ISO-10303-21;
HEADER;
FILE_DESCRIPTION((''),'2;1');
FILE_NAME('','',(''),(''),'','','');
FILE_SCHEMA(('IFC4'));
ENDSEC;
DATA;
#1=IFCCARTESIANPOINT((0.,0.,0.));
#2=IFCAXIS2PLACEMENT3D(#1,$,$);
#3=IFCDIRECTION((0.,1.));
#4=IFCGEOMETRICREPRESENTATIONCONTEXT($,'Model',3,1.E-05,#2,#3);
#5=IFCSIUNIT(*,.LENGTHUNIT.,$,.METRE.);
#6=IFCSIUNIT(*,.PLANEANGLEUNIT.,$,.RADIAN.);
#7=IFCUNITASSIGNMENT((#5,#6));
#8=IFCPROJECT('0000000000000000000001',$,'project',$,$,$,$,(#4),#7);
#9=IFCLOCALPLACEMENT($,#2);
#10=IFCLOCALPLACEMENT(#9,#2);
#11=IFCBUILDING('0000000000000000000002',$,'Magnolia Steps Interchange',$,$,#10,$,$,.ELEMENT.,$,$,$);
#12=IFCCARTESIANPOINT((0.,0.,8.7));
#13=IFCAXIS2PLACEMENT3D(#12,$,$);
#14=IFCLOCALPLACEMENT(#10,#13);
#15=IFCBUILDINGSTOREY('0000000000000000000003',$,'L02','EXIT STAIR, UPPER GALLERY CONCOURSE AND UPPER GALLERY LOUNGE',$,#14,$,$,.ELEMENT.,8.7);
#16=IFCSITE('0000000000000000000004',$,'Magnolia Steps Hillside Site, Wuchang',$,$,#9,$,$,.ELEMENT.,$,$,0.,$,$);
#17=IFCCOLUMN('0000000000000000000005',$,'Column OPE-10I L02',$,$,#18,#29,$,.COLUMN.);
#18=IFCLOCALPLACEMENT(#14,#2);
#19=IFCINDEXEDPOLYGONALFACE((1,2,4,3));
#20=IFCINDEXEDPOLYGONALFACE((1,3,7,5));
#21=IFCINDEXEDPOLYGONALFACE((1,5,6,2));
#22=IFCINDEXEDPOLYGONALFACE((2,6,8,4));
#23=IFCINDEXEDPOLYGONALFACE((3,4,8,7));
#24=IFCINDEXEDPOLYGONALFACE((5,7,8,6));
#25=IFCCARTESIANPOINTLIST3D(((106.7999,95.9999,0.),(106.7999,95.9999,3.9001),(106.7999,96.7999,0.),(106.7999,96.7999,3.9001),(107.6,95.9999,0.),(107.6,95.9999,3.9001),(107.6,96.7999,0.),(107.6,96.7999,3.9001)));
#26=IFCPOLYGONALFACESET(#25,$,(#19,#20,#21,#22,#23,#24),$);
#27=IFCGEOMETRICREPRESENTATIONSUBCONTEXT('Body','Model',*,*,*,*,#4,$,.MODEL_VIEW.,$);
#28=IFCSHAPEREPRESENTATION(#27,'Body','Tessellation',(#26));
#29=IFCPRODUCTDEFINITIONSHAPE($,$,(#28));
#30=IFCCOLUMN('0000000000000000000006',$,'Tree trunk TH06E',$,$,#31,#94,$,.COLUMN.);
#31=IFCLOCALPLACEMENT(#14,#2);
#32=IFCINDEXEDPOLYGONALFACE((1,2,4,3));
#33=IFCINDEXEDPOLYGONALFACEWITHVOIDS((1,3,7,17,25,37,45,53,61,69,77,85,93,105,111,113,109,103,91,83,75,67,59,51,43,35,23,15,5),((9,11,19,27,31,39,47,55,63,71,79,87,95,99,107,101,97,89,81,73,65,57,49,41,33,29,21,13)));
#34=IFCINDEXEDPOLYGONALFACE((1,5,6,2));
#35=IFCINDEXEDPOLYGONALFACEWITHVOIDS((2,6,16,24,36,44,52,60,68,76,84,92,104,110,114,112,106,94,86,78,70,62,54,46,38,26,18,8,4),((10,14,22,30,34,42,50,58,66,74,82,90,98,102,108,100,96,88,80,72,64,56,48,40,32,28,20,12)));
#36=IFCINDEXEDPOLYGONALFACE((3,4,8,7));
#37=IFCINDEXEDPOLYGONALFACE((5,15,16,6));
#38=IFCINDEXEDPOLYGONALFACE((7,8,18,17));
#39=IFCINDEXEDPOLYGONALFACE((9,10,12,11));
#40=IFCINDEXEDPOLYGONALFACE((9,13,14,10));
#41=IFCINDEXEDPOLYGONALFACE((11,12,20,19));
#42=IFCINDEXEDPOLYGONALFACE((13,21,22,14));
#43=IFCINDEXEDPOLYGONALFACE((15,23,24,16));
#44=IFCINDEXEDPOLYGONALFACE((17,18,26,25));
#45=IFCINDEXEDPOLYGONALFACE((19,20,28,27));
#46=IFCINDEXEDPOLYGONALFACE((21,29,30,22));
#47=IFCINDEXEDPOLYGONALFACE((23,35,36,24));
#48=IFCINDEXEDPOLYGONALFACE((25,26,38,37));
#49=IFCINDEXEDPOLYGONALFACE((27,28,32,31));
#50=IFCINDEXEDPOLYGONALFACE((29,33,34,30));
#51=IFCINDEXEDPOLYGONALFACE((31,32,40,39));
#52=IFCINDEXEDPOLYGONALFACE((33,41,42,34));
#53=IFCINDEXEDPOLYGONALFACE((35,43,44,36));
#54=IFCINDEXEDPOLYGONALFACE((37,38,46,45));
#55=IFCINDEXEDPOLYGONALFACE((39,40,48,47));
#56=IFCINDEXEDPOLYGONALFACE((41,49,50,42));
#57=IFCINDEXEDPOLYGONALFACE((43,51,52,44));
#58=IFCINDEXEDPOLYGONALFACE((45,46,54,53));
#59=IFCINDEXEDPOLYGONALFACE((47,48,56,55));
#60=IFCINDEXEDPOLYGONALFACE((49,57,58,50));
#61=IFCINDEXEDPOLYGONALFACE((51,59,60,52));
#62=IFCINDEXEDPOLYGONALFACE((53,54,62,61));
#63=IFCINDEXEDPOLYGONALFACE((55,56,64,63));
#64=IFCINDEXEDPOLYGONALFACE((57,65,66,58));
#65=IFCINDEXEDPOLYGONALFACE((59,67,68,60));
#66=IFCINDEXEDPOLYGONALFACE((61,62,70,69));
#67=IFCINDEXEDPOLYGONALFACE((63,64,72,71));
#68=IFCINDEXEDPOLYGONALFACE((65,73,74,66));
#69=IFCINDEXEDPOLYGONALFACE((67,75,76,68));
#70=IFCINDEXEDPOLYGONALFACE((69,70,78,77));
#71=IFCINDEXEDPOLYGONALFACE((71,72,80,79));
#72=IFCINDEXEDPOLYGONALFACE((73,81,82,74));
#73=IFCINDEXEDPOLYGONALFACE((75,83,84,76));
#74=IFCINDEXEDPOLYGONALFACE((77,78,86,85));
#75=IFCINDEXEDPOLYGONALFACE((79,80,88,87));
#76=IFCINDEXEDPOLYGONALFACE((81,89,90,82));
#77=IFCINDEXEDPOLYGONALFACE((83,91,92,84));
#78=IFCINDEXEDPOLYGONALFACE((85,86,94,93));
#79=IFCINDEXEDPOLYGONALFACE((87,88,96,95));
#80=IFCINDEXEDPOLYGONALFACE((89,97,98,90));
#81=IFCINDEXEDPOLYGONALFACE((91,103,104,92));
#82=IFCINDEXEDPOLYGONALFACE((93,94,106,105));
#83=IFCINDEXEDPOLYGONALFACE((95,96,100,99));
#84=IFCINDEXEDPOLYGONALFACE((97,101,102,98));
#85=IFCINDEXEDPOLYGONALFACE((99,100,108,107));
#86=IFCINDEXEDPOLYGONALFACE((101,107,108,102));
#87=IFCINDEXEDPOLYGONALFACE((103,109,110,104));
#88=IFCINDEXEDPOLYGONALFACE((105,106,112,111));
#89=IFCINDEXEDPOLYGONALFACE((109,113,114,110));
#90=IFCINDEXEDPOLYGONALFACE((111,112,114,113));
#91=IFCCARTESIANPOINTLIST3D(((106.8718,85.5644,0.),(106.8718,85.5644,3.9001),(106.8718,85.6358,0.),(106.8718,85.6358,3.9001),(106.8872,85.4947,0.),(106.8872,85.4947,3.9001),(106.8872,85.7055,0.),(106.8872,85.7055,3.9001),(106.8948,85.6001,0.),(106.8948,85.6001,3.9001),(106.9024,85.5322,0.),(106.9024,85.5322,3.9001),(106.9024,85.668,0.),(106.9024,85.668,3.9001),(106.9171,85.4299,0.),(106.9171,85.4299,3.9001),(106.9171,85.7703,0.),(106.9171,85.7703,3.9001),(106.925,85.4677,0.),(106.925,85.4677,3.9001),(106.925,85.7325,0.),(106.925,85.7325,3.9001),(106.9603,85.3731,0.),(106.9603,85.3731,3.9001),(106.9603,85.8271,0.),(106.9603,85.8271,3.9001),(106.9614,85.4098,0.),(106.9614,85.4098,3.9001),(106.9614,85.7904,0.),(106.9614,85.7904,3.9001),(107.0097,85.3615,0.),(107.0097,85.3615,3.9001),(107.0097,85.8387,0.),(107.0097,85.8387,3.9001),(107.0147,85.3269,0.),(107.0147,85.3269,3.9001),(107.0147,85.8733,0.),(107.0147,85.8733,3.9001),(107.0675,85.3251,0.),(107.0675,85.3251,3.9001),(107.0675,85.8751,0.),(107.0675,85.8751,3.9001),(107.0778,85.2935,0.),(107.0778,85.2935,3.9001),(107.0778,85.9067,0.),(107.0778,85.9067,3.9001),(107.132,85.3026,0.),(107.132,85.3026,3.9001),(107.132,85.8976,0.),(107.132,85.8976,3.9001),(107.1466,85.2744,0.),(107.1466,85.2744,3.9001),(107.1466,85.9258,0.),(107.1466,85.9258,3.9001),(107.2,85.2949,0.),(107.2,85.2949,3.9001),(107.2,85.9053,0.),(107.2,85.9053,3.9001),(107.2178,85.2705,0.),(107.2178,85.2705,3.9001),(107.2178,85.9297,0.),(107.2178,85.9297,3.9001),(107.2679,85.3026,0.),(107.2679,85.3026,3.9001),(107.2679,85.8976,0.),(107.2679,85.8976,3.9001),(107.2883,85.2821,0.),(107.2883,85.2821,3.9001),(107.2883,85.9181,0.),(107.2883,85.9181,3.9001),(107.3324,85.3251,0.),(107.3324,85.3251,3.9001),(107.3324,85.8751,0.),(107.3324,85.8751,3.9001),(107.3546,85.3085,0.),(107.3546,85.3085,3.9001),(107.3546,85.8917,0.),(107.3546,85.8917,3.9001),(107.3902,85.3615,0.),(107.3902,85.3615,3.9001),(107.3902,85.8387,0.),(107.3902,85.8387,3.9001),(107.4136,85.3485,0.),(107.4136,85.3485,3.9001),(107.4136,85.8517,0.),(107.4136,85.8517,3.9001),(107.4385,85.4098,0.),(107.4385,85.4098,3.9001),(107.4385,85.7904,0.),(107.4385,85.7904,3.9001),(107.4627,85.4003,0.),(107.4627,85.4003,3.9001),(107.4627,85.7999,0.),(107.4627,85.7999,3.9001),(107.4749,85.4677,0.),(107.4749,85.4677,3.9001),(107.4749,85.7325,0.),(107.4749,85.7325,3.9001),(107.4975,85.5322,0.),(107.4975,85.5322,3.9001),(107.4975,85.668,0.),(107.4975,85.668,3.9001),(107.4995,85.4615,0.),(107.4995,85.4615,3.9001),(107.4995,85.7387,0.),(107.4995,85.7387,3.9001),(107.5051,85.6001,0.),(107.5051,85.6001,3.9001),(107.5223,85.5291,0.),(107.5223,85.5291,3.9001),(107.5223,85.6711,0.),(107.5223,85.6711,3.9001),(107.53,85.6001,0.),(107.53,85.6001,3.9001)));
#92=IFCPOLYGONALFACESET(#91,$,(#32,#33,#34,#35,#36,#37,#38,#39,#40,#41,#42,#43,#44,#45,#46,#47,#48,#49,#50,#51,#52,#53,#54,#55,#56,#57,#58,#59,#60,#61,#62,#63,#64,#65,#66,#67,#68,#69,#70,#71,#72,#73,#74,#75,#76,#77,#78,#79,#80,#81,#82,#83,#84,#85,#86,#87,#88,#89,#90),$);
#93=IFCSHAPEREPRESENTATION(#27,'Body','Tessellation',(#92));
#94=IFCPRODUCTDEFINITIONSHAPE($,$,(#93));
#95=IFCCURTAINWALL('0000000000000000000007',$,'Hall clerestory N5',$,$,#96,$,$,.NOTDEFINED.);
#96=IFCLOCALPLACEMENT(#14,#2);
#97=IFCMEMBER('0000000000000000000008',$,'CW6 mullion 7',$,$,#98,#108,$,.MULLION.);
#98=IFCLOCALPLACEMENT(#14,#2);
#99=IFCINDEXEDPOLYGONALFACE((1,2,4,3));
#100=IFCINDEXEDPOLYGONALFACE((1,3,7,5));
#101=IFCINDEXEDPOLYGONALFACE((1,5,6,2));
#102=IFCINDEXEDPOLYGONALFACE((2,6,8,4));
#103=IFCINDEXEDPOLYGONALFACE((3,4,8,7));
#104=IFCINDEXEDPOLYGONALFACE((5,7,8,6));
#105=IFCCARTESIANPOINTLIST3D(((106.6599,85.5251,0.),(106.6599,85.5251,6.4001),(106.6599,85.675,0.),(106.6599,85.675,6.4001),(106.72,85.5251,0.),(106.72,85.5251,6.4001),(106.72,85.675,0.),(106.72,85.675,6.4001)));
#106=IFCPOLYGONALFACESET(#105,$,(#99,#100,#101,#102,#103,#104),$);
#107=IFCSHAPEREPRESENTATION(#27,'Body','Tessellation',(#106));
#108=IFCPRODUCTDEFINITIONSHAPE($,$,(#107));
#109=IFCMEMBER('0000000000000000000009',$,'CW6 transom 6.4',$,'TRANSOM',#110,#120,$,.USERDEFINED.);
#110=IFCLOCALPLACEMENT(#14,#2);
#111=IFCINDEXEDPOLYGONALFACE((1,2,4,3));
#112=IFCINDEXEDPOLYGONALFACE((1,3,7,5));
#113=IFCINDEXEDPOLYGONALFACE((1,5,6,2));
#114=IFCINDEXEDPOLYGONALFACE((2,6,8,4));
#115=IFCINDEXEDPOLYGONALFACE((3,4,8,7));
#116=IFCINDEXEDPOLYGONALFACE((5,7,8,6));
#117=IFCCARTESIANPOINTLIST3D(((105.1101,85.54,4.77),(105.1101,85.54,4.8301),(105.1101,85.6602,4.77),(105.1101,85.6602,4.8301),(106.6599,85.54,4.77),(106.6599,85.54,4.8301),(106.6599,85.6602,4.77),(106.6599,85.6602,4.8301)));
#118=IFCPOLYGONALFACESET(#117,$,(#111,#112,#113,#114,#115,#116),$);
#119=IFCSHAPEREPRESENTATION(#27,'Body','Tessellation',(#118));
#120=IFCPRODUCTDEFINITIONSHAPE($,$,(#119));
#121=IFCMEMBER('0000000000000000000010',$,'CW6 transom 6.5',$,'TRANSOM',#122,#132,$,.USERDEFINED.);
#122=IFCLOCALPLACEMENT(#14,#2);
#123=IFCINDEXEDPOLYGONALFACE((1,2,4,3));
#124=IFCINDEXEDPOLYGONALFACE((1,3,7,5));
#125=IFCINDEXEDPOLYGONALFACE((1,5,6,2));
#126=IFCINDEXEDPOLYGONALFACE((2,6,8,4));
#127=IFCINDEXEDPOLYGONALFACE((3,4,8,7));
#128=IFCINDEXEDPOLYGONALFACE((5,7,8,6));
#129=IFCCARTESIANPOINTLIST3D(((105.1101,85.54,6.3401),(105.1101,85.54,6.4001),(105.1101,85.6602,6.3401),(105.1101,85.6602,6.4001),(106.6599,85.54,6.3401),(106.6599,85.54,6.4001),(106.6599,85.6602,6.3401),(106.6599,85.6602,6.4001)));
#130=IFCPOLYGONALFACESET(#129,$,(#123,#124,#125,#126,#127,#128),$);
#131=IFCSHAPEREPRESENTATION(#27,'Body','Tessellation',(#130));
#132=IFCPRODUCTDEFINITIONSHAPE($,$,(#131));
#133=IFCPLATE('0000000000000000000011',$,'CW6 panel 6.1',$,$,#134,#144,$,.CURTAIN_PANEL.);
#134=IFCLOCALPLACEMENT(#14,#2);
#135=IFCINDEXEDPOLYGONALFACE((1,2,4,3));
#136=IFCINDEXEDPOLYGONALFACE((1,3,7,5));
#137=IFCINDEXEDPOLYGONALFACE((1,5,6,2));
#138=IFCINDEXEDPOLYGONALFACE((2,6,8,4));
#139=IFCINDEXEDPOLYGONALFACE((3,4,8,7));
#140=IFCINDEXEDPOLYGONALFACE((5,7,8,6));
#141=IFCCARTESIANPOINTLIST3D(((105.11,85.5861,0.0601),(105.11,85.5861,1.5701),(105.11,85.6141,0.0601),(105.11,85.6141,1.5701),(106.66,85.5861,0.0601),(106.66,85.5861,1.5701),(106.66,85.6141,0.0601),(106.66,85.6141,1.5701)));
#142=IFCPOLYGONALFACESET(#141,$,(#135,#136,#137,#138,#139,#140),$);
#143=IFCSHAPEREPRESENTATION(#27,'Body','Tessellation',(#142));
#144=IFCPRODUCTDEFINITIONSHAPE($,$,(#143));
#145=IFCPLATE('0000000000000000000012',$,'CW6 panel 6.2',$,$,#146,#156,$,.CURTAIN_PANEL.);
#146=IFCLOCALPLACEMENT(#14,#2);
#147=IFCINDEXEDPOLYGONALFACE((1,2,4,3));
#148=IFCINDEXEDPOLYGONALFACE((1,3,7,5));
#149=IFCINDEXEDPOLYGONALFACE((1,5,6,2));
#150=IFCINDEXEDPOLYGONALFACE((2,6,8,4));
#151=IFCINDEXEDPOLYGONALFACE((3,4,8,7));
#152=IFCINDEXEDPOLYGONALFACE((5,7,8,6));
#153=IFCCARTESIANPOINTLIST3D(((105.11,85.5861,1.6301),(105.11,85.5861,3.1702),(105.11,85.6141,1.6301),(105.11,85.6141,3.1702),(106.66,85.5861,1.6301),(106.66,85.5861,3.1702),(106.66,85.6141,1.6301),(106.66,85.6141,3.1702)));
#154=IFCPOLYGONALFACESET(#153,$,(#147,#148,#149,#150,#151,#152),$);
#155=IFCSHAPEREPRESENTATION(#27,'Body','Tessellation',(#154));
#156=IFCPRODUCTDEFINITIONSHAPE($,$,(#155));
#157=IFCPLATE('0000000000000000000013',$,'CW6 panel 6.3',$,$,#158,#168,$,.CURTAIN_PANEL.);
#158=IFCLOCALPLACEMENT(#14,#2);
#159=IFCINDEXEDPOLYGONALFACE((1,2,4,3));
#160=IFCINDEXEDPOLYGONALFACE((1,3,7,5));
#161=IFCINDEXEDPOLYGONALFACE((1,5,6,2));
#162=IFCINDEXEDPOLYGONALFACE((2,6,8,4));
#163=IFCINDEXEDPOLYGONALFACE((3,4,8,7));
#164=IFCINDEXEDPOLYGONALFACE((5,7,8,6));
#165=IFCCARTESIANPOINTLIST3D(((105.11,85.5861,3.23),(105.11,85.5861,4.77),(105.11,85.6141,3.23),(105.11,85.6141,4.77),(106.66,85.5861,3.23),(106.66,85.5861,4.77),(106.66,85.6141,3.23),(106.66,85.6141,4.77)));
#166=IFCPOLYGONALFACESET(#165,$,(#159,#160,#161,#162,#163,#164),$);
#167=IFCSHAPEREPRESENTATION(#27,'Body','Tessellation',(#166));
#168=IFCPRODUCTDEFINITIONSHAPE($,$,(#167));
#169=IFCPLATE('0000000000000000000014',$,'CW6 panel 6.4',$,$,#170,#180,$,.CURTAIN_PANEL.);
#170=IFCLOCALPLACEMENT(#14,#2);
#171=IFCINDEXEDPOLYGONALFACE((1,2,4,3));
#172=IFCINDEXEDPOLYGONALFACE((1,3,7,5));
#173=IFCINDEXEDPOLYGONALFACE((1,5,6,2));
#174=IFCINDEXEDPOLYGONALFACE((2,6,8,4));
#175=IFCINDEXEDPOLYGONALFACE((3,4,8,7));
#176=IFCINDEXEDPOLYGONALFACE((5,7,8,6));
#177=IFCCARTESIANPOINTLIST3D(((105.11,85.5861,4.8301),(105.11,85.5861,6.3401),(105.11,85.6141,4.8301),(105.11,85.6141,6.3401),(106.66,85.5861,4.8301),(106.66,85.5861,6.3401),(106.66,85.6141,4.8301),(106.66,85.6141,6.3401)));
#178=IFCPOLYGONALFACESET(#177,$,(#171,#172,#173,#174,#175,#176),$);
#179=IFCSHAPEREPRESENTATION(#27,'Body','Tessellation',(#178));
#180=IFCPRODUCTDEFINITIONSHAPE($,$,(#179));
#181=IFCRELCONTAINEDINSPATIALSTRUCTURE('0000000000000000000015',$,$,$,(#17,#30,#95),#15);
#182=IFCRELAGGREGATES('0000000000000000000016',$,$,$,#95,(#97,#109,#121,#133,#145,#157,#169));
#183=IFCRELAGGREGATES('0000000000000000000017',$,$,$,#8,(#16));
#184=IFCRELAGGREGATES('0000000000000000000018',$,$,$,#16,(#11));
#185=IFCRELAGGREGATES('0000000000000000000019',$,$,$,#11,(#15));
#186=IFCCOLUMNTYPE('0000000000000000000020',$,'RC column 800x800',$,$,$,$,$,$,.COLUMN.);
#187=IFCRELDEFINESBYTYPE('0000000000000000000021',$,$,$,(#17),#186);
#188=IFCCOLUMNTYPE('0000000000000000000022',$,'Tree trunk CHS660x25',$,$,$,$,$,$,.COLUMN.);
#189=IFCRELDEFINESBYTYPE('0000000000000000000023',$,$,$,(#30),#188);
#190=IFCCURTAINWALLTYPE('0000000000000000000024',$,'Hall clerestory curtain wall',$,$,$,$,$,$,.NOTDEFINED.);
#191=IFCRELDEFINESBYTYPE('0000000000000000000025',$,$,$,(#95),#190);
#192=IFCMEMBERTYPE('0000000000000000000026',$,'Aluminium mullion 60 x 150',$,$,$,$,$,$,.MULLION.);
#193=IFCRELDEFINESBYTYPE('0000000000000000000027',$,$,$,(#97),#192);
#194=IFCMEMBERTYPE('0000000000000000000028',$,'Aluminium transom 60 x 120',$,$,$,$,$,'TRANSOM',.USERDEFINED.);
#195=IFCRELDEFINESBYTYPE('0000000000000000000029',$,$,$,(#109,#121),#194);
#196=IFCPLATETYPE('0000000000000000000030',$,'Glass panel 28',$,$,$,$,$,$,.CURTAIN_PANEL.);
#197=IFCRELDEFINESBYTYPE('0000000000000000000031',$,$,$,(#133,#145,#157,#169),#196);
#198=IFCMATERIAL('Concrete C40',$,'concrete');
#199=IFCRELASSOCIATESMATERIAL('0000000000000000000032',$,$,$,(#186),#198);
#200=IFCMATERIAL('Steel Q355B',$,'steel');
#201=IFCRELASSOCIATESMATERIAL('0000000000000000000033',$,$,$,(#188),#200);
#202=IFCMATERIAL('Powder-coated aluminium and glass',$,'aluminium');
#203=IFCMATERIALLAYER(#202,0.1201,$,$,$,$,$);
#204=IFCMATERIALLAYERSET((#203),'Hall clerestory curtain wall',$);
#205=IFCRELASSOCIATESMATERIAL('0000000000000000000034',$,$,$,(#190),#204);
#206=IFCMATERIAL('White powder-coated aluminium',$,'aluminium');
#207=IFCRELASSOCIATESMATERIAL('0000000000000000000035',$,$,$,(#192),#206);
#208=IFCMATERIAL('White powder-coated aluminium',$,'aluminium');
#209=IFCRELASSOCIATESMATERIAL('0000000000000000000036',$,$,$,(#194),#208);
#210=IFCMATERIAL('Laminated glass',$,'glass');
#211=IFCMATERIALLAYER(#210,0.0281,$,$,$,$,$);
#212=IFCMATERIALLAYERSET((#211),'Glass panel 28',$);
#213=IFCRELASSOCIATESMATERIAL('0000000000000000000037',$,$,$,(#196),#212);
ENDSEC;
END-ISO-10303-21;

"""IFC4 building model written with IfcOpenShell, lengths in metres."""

from ifc_helpers import new_model, si_unit, direction, frame, origin, origin_2d, place, context, subcontext, project, spatial, rectangle, hollow_circle, extrude, material, layer, layer_set, material_profile, profile_set, type_object, element, aggregate, save


model = new_model("IFC4")

# Units and contexts
model_context = context("Model", 3, precision=1e-05, world=origin(), true_north=direction((0.0, 1.0)))
body_context = subcontext(model_context, "Body", "Model", "MODEL_VIEW")
ifc_project = project(units=[si_unit("LENGTHUNIT", "METRE"), si_unit("PLANEANGLEUNIT", "RADIAN")], contexts=[model_context])

# Site, building, storey
site_placement = place(None, origin())
site = spatial("IfcSite", under=ifc_project, at=site_placement, Name="Magnolia Steps Hillside Site, Wuchang", CompositionType="ELEMENT", RefElevation=0.0)
building_placement = place(site_placement, origin())
building = spatial("IfcBuilding", under=site, at=building_placement, Name="Magnolia Steps Interchange", CompositionType="ELEMENT")
storey_placement = place(building_placement, frame((0.0, 0.0, 8.7)))
storey = spatial("IfcBuildingStorey", under=building, at=storey_placement, Name="L02", Description="EXIT STAIR, UPPER GALLERY CONCOURSE AND UPPER GALLERY LOUNGE", CompositionType="ELEMENT", Elevation=8.7)

# Columns
ifc_material_1 = material(Name="Concrete C40", Category="concrete")
ifc_material_profile_1 = material_profile(ifc_material_1, rectangle(XDim=0.8, YDim=0.8, at=origin_2d()), Name="RC800x800")
ifc_profile_set_1 = profile_set([ifc_material_profile_1], Name="Concrete C40")
column_type_1 = type_object("IfcColumnType", Name="RC column 800x800", PredefinedType="COLUMN", material=ifc_profile_set_1)
column_1_placement = place(storey_placement, frame((107.2, 96.3999, 0.0), z_axis=(0.0, 0.0, 1.0), x_axis=(1.0, 0.0, 0.0)))
element("IfcColumn", 1, at=column_1_placement, inside=storey, type_object=column_type_1, Name="Column OPE-10I L02", PredefinedType="COLUMN", context=body_context, shape_type="SweptSolid", body=[
    extrude(rectangle(XDim=0.8, YDim=0.8, at=origin_2d()), origin(), (0.0, 0.0, 1.0), 3.9001),
])
ifc_material_2 = material(Name="Steel Q355B", Category="steel")
ifc_material_profile_2 = material_profile(ifc_material_2, hollow_circle(Radius=0.3301, WallThickness=0.0249, at=origin_2d()), Name="CHS660x25")
ifc_profile_set_2 = profile_set([ifc_material_profile_2], Name="Steel Q355B")
column_type_2 = type_object("IfcColumnType", Name="Tree trunk CHS660x25", PredefinedType="COLUMN", material=ifc_profile_set_2)
column_2_placement = place(storey_placement, frame((107.2, 85.6001, 0.0), z_axis=(0.0, 0.0, 1.0), x_axis=(1.0, 0.0, 0.0)))
element("IfcColumn", 2, at=column_2_placement, inside=storey, type_object=column_type_2, Name="Tree trunk TH06E", PredefinedType="COLUMN", context=body_context, shape_type="SweptSolid", body=[
    extrude(hollow_circle(Radius=0.3301, WallThickness=0.0249, at=origin_2d()), origin(), (0.0, 0.0, 1.0), 3.9001),
])

# Curtain wall, members, plates
ifc_material_3 = material(Name="Powder-coated aluminium and glass", Category="aluminium")
ifc_layer_1 = layer(ifc_material_3, 0.1201)
ifc_layer_set_1 = layer_set([ifc_layer_1], Name="Hall clerestory curtain wall")
curtain_wall_type = type_object("IfcCurtainWallType", Name="Hall clerestory curtain wall", PredefinedType="NOTDEFINED", material=ifc_layer_set_1)
curtain_wall_placement = place(storey_placement, origin())
curtain_wall = element("IfcCurtainWall", 3, at=curtain_wall_placement, inside=storey, type_object=curtain_wall_type, Name="Hall clerestory N5", PredefinedType="NOTDEFINED")
ifc_material_4 = material(Name="White powder-coated aluminium", Category="aluminium")
ifc_material_profile_3 = material_profile(ifc_material_4, rectangle(XDim=0.0601, YDim=0.1499, at=origin_2d()), Name="Aluminium mullion 60 x 150")
ifc_profile_set_3 = profile_set([ifc_material_profile_3], Name="White powder-coated aluminium")
member_type_1 = type_object("IfcMemberType", Name="Aluminium mullion 60 x 150", PredefinedType="MULLION", material=ifc_profile_set_3)
member_1_placement = place(storey_placement, frame((106.6899, 85.6001, 0.0), z_axis=(0.0, 0.0, 1.0), x_axis=(1.0, 0.0, 0.0)))
member_1 = element("IfcMember", 4, at=member_1_placement, type_object=member_type_1, Name="CW6 mullion 7", PredefinedType="MULLION", context=body_context, shape_type="SweptSolid", body=[
    extrude(rectangle(XDim=0.0601, YDim=0.1499, at=origin_2d()), origin(), (0.0, 0.0, 1.0), 6.4001),
])
ifc_material_5 = material(Name="White powder-coated aluminium", Category="aluminium")
ifc_material_profile_4 = material_profile(ifc_material_5, rectangle(XDim=0.0601, YDim=0.1201, at=origin_2d()), Name="Aluminium transom 60 x 120")
ifc_profile_set_4 = profile_set([ifc_material_profile_4], Name="White powder-coated aluminium")
member_type_2 = type_object("IfcMemberType", Name="Aluminium transom 60 x 120", ElementType="TRANSOM", PredefinedType="USERDEFINED", material=ifc_profile_set_4)
member_2_placement = place(storey_placement, frame((105.1101, 85.6001, 4.8), z_axis=(1.0, 0.0, 0.0), x_axis=(0.0, 0.0, 1.0)))
member_2 = element("IfcMember", 5, at=member_2_placement, type_object=member_type_2, Name="CW6 transom 6.4", ObjectType="TRANSOM", PredefinedType="USERDEFINED", context=body_context, shape_type="SweptSolid", body=[
    extrude(rectangle(XDim=0.0601, YDim=0.1201, at=origin_2d()), origin(), (0.0, 0.0, 1.0), 1.5498),
])
member_3_placement = place(storey_placement, frame((105.1101, 85.6001, 6.3701), z_axis=(1.0, 0.0, 0.0), x_axis=(0.0, 0.0, 1.0)))
member_3 = element("IfcMember", 6, at=member_3_placement, type_object=member_type_2, Name="CW6 transom 6.5", ObjectType="TRANSOM", PredefinedType="USERDEFINED", context=body_context, shape_type="SweptSolid", body=[
    extrude(rectangle(XDim=0.0601, YDim=0.1201, at=origin_2d()), origin(), (0.0, 0.0, 1.0), 1.5498),
])
ifc_material_6 = material(Name="Laminated glass", Category="glass")
ifc_layer_2 = layer(ifc_material_6, 0.0281)
ifc_layer_set_2 = layer_set([ifc_layer_2], Name="Glass panel 28")
plate_type = type_object("IfcPlateType", Name="Glass panel 28", PredefinedType="CURTAIN_PANEL", material=ifc_layer_set_2)
plate_1_placement = place(storey_placement, frame((105.885, 85.6001, 0.0601), z_axis=(0.0, 0.0, 1.0), x_axis=(1.0, 0.0, 0.0)))
plate_1 = element("IfcPlate", 7, at=plate_1_placement, type_object=plate_type, Name="CW6 panel 6.1", PredefinedType="CURTAIN_PANEL", context=body_context, shape_type="SweptSolid", body=[
    extrude(rectangle(XDim=1.55, YDim=0.0281, at=origin_2d()), origin(), (0.0, 0.0, 1.0), 1.51),
])
plate_2_placement = place(storey_placement, frame((105.885, 85.6001, 1.6301), z_axis=(0.0, 0.0, 1.0), x_axis=(1.0, 0.0, 0.0)))
plate_2 = element("IfcPlate", 8, at=plate_2_placement, type_object=plate_type, Name="CW6 panel 6.2", PredefinedType="CURTAIN_PANEL", context=body_context, shape_type="SweptSolid", body=[
    extrude(rectangle(XDim=1.55, YDim=0.0281, at=origin_2d()), origin(), (0.0, 0.0, 1.0), 1.54),
])
plate_3_placement = place(storey_placement, frame((105.885, 85.6001, 3.23), z_axis=(0.0, 0.0, 1.0), x_axis=(1.0, 0.0, 0.0)))
plate_3 = element("IfcPlate", 9, at=plate_3_placement, type_object=plate_type, Name="CW6 panel 6.3", PredefinedType="CURTAIN_PANEL", context=body_context, shape_type="SweptSolid", body=[
    extrude(rectangle(XDim=1.55, YDim=0.0281, at=origin_2d()), origin(), (0.0, 0.0, 1.0), 1.54),
])
plate_4_placement = place(storey_placement, frame((105.885, 85.6001, 4.8301), z_axis=(0.0, 0.0, 1.0), x_axis=(1.0, 0.0, 0.0)))
plate_4 = element("IfcPlate", 10, at=plate_4_placement, type_object=plate_type, Name="CW6 panel 6.4", PredefinedType="CURTAIN_PANEL", context=body_context, shape_type="SweptSolid", body=[
    extrude(rectangle(XDim=1.55, YDim=0.0281, at=origin_2d()), origin(), (0.0, 0.0, 1.0), 1.51),
])
aggregate(curtain_wall, [member_1, member_2, member_3, plate_1, plate_2, plate_3, plate_4])

save(model, "model.ifc")
